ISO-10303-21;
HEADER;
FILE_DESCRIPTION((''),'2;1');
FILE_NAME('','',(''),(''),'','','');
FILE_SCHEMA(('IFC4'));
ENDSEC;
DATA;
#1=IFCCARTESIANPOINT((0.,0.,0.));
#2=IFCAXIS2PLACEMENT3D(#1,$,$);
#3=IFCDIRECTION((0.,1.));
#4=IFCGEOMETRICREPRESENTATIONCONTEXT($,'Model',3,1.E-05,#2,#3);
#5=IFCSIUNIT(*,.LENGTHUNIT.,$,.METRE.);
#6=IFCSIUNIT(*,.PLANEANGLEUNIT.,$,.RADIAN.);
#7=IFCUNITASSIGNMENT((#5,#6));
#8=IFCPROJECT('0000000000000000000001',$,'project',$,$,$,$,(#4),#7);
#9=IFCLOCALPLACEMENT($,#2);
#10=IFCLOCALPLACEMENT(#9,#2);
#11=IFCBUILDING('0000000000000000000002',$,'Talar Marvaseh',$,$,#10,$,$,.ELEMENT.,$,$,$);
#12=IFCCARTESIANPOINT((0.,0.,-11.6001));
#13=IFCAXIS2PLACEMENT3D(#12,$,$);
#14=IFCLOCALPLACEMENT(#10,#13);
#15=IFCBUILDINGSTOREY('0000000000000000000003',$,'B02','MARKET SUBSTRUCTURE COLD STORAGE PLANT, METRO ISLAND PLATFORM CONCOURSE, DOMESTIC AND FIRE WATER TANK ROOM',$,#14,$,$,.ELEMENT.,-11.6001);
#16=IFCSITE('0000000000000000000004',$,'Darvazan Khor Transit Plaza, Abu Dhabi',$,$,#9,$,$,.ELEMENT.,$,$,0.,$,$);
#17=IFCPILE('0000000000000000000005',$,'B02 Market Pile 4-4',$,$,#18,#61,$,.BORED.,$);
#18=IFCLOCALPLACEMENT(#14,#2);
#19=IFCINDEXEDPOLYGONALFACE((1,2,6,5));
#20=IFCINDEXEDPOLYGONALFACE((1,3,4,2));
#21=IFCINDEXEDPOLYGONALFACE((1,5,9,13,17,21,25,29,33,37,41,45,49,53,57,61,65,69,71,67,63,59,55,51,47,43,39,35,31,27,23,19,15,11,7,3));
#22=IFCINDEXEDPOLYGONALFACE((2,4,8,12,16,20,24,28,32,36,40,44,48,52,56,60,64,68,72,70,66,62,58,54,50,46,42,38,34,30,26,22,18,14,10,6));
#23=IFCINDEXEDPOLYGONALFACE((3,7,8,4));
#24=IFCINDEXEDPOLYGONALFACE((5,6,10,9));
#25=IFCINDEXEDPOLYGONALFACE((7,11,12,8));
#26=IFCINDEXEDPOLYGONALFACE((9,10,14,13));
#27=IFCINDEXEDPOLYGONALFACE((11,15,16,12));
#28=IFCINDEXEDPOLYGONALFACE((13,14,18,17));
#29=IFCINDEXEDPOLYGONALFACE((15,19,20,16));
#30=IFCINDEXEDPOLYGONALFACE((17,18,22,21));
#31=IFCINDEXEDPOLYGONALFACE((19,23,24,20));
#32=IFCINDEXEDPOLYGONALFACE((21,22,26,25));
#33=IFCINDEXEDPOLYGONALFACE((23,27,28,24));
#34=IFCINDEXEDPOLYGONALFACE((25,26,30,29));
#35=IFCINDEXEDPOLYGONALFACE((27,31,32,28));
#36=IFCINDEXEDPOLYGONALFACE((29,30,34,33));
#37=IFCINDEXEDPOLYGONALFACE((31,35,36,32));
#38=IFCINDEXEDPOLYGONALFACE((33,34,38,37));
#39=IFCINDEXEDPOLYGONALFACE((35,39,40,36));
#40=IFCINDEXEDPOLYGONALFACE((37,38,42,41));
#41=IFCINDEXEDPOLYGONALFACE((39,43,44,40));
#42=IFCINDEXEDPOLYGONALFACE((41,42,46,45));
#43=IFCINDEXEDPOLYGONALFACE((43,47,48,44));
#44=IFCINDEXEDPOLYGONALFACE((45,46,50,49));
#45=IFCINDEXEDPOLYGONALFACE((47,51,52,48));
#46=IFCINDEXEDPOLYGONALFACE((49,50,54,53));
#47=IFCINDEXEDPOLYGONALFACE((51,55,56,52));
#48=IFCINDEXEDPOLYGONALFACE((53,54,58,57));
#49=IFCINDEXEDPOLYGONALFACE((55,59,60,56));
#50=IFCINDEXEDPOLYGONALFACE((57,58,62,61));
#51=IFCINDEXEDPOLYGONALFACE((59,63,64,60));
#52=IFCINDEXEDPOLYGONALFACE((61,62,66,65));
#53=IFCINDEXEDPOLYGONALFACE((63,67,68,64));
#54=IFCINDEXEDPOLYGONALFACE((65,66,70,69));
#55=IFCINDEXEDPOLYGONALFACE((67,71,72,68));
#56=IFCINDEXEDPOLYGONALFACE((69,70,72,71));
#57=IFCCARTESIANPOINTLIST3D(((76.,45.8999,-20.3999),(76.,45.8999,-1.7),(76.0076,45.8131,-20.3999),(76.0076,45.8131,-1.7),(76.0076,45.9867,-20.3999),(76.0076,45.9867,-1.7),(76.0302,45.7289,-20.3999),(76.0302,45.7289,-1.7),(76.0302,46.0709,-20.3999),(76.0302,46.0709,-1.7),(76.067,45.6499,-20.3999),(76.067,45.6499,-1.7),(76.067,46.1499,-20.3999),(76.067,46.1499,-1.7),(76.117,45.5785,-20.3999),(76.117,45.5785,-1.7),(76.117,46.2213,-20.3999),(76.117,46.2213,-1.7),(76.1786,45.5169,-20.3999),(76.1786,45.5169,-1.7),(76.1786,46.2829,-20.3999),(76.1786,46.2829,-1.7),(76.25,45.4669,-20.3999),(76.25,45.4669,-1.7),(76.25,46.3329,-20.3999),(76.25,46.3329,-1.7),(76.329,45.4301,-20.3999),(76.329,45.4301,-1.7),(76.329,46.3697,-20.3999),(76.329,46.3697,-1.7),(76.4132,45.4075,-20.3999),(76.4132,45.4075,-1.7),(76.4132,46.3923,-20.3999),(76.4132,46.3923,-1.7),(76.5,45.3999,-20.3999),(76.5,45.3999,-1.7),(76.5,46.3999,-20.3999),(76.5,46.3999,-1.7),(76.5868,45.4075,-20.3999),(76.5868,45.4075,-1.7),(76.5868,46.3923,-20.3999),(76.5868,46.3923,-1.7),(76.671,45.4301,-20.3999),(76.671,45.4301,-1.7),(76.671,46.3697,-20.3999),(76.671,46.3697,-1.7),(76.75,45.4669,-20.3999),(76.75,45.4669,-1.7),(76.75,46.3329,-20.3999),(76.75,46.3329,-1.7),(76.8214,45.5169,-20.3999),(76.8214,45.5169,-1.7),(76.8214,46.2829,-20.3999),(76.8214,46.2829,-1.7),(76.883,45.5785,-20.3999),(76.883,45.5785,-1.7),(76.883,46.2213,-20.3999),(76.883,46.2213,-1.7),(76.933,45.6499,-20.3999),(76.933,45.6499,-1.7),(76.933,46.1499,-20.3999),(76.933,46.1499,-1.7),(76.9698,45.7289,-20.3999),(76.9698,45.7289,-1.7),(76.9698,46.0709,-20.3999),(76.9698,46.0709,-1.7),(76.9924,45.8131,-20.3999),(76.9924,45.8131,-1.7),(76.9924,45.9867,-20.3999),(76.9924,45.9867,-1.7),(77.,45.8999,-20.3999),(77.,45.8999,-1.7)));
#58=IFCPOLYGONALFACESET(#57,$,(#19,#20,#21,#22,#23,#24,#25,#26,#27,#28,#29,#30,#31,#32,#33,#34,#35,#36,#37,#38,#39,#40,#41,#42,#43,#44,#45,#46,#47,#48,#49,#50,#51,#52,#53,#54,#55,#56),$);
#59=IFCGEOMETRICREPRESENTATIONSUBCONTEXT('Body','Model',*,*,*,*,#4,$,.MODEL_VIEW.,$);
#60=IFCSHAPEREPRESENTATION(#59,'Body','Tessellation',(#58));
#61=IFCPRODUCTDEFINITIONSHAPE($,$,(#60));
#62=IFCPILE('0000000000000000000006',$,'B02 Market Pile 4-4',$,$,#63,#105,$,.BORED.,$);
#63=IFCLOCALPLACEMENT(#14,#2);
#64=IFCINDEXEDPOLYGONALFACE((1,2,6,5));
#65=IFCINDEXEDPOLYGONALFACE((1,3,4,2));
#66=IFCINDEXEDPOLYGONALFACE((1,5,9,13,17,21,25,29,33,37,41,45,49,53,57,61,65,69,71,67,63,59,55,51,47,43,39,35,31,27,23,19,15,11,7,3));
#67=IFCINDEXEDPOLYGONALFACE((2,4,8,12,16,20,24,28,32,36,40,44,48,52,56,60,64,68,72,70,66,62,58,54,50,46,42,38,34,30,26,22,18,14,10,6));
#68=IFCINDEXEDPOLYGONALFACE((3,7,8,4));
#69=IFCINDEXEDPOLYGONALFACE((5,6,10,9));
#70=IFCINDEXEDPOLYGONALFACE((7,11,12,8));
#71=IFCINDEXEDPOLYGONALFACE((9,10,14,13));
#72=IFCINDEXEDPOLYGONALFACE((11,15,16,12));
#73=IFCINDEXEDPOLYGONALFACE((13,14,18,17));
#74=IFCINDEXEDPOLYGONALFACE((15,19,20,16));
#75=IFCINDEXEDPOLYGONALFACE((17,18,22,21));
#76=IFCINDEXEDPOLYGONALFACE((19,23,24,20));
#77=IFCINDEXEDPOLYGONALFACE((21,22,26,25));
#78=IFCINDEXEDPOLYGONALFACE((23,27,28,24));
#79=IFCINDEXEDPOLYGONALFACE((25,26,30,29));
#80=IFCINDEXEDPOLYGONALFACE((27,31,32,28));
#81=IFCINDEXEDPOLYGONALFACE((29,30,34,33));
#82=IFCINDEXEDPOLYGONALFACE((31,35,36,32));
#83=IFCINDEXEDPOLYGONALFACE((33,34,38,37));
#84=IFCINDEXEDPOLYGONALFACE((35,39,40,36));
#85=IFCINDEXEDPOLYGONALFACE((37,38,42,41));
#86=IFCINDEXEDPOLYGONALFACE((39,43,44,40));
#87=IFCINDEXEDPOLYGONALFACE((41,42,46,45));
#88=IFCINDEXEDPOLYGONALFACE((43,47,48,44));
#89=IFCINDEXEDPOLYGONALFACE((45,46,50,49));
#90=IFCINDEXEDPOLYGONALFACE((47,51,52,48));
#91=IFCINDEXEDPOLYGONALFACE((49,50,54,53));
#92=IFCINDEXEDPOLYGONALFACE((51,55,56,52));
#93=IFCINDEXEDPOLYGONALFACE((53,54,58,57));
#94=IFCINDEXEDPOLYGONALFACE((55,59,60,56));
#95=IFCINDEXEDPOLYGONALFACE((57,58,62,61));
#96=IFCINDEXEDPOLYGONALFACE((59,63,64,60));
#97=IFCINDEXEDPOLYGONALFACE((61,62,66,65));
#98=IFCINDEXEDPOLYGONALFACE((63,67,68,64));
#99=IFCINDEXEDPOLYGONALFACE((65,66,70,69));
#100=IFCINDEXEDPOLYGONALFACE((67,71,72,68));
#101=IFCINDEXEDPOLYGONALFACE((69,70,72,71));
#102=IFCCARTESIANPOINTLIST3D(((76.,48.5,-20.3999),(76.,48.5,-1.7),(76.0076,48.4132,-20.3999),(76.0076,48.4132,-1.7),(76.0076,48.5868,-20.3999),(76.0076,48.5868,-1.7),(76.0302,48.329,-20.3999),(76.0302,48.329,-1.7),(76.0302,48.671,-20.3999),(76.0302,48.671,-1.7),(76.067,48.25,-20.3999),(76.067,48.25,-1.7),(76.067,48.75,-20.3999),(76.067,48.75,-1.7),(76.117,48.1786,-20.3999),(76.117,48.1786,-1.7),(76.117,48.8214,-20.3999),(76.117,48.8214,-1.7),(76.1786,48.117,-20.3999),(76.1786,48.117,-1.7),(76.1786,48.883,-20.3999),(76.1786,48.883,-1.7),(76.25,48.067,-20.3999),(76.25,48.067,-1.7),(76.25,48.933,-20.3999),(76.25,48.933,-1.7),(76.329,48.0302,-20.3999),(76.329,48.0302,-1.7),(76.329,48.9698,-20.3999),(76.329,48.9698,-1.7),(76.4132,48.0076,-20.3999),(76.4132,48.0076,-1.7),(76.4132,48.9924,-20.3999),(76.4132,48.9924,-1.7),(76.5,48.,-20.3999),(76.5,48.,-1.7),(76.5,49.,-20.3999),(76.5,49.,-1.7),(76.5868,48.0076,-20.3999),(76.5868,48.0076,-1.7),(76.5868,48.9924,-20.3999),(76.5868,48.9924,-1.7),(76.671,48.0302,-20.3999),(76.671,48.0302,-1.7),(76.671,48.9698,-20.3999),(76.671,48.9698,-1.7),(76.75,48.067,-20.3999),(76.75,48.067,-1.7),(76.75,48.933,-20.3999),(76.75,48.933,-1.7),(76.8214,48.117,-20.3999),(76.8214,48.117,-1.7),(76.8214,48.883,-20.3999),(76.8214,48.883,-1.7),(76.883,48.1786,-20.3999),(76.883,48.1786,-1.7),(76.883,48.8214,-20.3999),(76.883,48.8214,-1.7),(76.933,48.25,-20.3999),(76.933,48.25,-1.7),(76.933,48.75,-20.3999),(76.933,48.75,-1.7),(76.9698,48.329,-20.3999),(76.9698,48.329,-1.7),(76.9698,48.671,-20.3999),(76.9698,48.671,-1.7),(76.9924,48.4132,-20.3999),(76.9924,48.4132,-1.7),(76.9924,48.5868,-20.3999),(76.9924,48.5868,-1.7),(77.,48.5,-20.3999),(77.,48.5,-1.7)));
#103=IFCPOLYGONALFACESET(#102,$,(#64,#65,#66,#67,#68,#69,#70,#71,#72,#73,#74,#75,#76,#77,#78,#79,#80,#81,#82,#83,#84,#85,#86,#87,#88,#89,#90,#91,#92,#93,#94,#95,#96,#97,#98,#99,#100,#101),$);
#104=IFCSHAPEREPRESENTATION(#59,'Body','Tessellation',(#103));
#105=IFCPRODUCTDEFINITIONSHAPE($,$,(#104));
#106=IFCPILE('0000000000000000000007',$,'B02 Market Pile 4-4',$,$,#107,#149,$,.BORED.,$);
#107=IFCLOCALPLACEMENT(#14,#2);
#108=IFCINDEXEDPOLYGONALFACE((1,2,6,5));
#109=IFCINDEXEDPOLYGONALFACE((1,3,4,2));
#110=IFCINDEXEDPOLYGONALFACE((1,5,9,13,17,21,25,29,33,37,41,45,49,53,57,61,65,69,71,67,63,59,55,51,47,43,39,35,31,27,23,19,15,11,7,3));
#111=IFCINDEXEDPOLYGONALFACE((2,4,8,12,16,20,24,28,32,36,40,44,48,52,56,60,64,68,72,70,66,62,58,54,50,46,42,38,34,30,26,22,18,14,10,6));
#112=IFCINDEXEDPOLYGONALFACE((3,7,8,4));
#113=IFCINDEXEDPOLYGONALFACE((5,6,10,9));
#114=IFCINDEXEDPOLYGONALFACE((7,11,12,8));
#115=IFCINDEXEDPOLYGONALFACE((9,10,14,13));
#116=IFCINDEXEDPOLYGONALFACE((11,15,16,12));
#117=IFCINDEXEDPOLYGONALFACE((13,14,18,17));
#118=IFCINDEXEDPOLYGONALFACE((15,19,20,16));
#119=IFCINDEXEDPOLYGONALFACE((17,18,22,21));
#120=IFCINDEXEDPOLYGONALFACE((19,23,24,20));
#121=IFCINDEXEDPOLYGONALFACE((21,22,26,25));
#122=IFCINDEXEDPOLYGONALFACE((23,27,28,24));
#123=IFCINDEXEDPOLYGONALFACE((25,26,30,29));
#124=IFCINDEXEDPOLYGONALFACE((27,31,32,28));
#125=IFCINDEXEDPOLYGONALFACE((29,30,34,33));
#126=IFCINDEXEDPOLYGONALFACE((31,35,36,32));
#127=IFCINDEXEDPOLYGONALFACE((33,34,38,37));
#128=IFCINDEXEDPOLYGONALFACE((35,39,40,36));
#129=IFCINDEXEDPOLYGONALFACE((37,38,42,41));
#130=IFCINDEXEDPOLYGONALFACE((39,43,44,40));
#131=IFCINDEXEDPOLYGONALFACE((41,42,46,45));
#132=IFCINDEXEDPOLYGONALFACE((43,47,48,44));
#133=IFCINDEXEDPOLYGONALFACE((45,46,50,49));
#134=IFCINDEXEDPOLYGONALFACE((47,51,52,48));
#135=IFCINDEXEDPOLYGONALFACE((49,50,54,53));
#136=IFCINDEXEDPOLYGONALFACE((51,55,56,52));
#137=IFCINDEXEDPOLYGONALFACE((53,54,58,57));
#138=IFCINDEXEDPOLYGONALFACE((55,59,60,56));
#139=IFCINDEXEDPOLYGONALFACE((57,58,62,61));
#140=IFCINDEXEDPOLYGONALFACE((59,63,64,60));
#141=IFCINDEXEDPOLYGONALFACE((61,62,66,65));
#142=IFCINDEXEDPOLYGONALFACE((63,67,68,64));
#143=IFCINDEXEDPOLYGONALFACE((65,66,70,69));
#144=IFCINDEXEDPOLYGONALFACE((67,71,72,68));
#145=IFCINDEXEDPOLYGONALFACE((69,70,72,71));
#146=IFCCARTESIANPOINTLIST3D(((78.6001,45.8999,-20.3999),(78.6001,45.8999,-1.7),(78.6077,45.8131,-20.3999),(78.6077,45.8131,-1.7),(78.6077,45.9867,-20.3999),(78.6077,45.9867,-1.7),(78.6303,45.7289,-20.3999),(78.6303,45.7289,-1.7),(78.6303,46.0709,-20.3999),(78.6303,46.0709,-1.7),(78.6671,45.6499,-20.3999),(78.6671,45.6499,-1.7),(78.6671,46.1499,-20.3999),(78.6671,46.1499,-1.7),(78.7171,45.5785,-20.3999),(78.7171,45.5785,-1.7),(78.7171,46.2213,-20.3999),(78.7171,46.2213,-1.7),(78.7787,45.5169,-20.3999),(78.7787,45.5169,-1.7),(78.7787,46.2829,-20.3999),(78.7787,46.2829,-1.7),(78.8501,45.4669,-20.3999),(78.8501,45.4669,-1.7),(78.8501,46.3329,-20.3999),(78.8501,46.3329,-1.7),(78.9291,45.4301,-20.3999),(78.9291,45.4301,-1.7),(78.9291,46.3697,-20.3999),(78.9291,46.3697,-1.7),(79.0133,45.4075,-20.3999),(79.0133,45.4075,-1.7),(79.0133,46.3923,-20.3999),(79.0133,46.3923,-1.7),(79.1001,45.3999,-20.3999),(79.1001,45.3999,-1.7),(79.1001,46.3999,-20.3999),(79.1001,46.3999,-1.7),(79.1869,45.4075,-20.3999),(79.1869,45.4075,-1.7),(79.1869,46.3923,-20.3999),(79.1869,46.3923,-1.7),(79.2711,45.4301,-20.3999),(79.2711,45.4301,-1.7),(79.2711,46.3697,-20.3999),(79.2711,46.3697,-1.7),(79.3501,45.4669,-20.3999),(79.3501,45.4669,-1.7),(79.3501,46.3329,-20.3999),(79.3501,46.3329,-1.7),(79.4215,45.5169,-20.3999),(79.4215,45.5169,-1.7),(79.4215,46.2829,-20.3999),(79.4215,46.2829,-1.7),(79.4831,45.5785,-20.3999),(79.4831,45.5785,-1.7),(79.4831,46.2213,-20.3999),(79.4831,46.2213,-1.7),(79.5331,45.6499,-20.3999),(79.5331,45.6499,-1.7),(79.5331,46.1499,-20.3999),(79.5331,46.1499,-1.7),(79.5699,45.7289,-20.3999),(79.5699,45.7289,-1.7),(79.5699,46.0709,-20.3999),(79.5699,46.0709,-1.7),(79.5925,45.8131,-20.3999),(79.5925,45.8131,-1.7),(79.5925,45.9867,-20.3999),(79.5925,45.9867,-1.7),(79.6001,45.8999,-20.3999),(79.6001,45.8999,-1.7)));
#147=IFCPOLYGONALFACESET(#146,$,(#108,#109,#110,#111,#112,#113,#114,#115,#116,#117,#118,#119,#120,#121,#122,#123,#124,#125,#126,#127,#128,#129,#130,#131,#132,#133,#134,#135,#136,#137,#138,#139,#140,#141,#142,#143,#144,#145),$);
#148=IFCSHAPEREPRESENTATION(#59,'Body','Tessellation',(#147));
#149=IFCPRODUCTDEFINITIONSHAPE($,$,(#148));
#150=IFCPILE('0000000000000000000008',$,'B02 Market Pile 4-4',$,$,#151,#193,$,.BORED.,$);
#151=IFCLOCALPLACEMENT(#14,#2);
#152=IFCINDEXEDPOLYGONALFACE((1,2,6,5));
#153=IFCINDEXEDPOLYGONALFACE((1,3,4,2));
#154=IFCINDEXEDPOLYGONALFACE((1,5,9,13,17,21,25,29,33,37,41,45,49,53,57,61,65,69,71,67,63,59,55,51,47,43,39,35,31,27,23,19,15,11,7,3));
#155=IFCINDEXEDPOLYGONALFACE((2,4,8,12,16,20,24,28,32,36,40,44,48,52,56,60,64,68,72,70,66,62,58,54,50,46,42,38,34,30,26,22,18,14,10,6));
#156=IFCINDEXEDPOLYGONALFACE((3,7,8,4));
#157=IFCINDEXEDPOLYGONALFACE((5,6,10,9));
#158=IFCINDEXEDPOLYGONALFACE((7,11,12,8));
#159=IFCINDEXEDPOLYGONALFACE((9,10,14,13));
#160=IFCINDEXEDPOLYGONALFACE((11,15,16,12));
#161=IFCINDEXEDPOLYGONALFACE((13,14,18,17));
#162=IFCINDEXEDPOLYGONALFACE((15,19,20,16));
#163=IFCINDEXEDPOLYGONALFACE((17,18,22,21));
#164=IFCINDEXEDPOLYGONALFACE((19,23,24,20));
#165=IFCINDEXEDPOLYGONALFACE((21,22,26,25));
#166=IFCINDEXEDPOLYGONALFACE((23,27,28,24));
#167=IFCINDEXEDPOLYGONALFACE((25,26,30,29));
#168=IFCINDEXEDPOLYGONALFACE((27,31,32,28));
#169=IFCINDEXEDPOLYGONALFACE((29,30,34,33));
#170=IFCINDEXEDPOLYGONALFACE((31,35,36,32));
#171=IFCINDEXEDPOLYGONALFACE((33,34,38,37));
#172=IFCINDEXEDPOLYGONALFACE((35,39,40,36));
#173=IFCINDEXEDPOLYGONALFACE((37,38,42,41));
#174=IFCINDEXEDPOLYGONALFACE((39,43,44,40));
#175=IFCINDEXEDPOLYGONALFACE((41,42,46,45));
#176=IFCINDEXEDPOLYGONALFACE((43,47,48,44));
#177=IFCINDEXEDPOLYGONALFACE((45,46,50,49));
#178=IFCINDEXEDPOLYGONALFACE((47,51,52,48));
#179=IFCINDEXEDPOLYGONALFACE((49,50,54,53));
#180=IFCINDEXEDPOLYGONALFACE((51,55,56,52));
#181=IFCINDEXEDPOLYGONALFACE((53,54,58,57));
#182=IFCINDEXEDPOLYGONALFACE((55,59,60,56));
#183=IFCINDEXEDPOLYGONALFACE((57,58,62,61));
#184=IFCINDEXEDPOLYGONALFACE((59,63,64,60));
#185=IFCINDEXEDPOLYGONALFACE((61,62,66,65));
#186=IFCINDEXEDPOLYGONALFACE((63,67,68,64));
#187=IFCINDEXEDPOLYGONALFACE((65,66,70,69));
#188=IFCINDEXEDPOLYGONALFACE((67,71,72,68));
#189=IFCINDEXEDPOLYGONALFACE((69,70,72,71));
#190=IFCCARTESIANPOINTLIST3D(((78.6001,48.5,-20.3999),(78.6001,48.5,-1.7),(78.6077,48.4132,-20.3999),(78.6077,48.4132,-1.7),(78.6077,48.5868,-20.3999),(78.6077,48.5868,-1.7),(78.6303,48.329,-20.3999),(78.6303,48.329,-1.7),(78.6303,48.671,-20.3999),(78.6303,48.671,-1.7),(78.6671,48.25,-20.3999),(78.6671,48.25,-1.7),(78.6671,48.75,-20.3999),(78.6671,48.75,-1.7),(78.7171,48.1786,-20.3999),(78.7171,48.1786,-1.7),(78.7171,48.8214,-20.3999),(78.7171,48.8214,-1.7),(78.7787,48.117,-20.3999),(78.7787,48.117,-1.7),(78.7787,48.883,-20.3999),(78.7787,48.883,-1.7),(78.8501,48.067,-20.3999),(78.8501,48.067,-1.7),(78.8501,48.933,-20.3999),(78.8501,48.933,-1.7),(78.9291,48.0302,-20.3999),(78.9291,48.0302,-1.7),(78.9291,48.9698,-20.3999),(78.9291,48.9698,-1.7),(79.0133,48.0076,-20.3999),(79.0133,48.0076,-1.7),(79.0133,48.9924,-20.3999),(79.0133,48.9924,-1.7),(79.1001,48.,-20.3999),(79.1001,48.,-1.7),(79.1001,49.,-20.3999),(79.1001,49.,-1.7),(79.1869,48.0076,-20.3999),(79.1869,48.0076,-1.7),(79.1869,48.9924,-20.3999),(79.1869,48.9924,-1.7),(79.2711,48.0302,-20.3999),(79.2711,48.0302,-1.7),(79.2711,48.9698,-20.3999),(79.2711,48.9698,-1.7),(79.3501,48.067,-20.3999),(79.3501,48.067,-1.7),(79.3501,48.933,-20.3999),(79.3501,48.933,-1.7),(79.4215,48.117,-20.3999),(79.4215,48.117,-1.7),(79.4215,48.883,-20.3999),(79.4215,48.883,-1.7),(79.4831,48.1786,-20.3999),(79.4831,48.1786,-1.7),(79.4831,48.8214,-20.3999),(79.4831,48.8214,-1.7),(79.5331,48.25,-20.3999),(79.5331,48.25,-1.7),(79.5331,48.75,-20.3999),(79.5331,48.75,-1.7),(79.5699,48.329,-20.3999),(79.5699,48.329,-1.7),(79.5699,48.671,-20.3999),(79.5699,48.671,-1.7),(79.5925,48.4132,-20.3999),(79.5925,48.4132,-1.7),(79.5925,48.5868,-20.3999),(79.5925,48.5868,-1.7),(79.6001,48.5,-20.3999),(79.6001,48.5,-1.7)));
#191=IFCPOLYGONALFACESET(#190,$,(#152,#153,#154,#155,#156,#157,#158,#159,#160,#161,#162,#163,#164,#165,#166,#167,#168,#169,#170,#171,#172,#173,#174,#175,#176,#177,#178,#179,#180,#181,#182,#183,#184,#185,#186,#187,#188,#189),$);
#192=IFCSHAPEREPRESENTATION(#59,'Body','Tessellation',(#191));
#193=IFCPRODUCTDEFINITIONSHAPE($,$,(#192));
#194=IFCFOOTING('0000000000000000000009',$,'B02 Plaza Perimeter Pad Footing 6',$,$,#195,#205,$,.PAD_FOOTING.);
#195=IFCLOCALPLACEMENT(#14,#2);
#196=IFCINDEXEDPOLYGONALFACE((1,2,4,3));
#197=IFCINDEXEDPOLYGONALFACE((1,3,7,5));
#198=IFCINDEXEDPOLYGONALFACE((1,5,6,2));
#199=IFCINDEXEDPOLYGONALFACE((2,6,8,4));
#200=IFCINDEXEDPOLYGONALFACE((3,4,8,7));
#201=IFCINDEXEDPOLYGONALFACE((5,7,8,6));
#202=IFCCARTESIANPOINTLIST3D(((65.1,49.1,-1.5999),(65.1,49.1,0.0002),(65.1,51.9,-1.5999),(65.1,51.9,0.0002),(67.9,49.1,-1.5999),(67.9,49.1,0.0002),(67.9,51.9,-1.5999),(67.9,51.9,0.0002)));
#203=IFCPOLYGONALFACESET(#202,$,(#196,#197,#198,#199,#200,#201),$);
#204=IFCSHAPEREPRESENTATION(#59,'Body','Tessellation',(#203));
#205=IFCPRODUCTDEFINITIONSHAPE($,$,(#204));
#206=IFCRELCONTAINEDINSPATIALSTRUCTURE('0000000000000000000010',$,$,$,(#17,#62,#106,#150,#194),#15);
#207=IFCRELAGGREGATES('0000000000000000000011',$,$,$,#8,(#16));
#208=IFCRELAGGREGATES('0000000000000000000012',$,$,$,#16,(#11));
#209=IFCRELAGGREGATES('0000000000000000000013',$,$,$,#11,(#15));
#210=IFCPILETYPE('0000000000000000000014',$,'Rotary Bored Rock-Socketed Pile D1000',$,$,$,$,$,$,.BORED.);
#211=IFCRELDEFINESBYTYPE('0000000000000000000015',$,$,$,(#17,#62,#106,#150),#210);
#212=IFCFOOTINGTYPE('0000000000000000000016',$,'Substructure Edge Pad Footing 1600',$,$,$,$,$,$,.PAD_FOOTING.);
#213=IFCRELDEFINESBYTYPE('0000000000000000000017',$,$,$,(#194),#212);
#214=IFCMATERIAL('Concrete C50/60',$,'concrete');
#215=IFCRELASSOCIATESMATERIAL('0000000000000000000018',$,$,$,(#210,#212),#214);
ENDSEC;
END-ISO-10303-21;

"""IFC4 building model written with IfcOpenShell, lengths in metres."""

from ifc_helpers import new_model, si_unit, direction, frame, origin, origin_2d, place, context, subcontext, project, spatial, rectangle, circle, extrude, source, transform, mapped, material, material_profile, profile_set, type_object, type_shapes, element, save


model = new_model("IFC4")

# Units and contexts
model_context = context("Model", 3, precision=1e-05, world=origin(), true_north=direction((0.0, 1.0)))
body_context = subcontext(model_context, "Body", "Model", "MODEL_VIEW")
ifc_project = project(units=[si_unit("LENGTHUNIT", "METRE"), si_unit("PLANEANGLEUNIT", "RADIAN")], contexts=[model_context])

# Site, building, storey
site_placement = place(None, origin())
site = spatial("IfcSite", under=ifc_project, at=site_placement, Name="Darvazan Khor Transit Plaza, Abu Dhabi", CompositionType="ELEMENT", RefElevation=0.0)
building_placement = place(site_placement, origin())
building = spatial("IfcBuilding", under=site, at=building_placement, Name="Talar Marvaseh", CompositionType="ELEMENT")
storey_placement = place(building_placement, frame((0.0, 0.0, -11.6001)))
storey = spatial("IfcBuildingStorey", under=building, at=storey_placement, Name="B02", Description="MARKET SUBSTRUCTURE COLD STORAGE PLANT, METRO ISLAND PLATFORM CONCOURSE, DOMESTIC AND FIRE WATER TANK ROOM", CompositionType="ELEMENT", Elevation=-11.6001)

# Shared definitions
ifc_material_1 = material(Name="Concrete C50/60", Category="concrete")

# Piles
ifc_material_profile_1 = material_profile(ifc_material_1, circle(Radius=0.5, at=origin_2d()), Name="PILE-D1000")
ifc_profile_set_1 = profile_set([ifc_material_profile_1], Name="Concrete C50/60")
pile_type = type_object("IfcPileType", Name="Rotary Bored Rock-Socketed Pile D1000", PredefinedType="BORED", material=ifc_profile_set_1)
shared_shape_1 = source(origin(), body_context, "Body", "SweptSolid", [
    extrude(circle(Radius=0.5, at=origin_2d()), origin(), (0.0, 0.0, 1.0), 18.7),
])
type_shapes(pile_type, [shared_shape_1])
for number, where, z_axis, x_axis, name in (
    (1, (76.5, 45.8999, -1.7), (0.0, 0.0, -1.0), (1.0, 0.0, 0.0), "B02 Market Pile 4-4"),
    (2, (76.5, 48.5, -1.7), (0.0, 0.0, -1.0), (1.0, 0.0, 0.0), "B02 Market Pile 4-4"),
    (3, (79.1001, 45.8999, -1.7), (0.0, 0.0, -1.0), (1.0, 0.0, 0.0), "B02 Market Pile 4-4"),
    (4, (79.1001, 48.5, -1.7), (0.0, 0.0, -1.0), (1.0, 0.0, 0.0), "B02 Market Pile 4-4"),
):
    element("IfcPile", number, at=place(storey_placement, frame(where, z_axis=z_axis, x_axis=x_axis)), inside=storey, type_object=pile_type, Name=name, PredefinedType="BORED", context=body_context, shape_type="MappedRepresentation", body=[
        mapped(shared_shape_1, transform((0.0, 0.0, 0.0), x_axis=(1.0, 0.0, 0.0), y_axis=(0.0, 1.0, 0.0), z_axis=(0.0, 0.0, 1.0), scale=1.0)),
    ])

# Footing
footing_type_1 = type_object("IfcFootingType", Name="Substructure Edge Pad Footing 1600", PredefinedType="PAD_FOOTING", material=ifc_material_1)
shared_shape_2 = source(origin(), body_context, "Body", "SweptSolid", [
    extrude(rectangle(XDim=2.8, YDim=2.8, at=origin_2d()), origin(), (0.0, 0.0, 1.0), 1.6001),
])
type_shapes(footing_type_1, [shared_shape_2])
footing_1_placement = place(storey_placement, frame((66.5, 50.5, -1.5999), z_axis=(0.0, 0.0, 1.0), x_axis=(1.0, 0.0, 0.0)))
element("IfcFooting", 5, at=footing_1_placement, inside=storey, type_object=footing_type_1, Name="B02 Plaza Perimeter Pad Footing 6", PredefinedType="PAD_FOOTING", context=body_context, shape_type="MappedRepresentation", body=[
    mapped(shared_shape_2, transform((0.0, 0.0, 0.0), x_axis=(1.0, 0.0, 0.0), y_axis=(0.0, 1.0, 0.0), z_axis=(0.0, 0.0, 1.0), scale=1.0)),
])

save(model, "model.ifc")
